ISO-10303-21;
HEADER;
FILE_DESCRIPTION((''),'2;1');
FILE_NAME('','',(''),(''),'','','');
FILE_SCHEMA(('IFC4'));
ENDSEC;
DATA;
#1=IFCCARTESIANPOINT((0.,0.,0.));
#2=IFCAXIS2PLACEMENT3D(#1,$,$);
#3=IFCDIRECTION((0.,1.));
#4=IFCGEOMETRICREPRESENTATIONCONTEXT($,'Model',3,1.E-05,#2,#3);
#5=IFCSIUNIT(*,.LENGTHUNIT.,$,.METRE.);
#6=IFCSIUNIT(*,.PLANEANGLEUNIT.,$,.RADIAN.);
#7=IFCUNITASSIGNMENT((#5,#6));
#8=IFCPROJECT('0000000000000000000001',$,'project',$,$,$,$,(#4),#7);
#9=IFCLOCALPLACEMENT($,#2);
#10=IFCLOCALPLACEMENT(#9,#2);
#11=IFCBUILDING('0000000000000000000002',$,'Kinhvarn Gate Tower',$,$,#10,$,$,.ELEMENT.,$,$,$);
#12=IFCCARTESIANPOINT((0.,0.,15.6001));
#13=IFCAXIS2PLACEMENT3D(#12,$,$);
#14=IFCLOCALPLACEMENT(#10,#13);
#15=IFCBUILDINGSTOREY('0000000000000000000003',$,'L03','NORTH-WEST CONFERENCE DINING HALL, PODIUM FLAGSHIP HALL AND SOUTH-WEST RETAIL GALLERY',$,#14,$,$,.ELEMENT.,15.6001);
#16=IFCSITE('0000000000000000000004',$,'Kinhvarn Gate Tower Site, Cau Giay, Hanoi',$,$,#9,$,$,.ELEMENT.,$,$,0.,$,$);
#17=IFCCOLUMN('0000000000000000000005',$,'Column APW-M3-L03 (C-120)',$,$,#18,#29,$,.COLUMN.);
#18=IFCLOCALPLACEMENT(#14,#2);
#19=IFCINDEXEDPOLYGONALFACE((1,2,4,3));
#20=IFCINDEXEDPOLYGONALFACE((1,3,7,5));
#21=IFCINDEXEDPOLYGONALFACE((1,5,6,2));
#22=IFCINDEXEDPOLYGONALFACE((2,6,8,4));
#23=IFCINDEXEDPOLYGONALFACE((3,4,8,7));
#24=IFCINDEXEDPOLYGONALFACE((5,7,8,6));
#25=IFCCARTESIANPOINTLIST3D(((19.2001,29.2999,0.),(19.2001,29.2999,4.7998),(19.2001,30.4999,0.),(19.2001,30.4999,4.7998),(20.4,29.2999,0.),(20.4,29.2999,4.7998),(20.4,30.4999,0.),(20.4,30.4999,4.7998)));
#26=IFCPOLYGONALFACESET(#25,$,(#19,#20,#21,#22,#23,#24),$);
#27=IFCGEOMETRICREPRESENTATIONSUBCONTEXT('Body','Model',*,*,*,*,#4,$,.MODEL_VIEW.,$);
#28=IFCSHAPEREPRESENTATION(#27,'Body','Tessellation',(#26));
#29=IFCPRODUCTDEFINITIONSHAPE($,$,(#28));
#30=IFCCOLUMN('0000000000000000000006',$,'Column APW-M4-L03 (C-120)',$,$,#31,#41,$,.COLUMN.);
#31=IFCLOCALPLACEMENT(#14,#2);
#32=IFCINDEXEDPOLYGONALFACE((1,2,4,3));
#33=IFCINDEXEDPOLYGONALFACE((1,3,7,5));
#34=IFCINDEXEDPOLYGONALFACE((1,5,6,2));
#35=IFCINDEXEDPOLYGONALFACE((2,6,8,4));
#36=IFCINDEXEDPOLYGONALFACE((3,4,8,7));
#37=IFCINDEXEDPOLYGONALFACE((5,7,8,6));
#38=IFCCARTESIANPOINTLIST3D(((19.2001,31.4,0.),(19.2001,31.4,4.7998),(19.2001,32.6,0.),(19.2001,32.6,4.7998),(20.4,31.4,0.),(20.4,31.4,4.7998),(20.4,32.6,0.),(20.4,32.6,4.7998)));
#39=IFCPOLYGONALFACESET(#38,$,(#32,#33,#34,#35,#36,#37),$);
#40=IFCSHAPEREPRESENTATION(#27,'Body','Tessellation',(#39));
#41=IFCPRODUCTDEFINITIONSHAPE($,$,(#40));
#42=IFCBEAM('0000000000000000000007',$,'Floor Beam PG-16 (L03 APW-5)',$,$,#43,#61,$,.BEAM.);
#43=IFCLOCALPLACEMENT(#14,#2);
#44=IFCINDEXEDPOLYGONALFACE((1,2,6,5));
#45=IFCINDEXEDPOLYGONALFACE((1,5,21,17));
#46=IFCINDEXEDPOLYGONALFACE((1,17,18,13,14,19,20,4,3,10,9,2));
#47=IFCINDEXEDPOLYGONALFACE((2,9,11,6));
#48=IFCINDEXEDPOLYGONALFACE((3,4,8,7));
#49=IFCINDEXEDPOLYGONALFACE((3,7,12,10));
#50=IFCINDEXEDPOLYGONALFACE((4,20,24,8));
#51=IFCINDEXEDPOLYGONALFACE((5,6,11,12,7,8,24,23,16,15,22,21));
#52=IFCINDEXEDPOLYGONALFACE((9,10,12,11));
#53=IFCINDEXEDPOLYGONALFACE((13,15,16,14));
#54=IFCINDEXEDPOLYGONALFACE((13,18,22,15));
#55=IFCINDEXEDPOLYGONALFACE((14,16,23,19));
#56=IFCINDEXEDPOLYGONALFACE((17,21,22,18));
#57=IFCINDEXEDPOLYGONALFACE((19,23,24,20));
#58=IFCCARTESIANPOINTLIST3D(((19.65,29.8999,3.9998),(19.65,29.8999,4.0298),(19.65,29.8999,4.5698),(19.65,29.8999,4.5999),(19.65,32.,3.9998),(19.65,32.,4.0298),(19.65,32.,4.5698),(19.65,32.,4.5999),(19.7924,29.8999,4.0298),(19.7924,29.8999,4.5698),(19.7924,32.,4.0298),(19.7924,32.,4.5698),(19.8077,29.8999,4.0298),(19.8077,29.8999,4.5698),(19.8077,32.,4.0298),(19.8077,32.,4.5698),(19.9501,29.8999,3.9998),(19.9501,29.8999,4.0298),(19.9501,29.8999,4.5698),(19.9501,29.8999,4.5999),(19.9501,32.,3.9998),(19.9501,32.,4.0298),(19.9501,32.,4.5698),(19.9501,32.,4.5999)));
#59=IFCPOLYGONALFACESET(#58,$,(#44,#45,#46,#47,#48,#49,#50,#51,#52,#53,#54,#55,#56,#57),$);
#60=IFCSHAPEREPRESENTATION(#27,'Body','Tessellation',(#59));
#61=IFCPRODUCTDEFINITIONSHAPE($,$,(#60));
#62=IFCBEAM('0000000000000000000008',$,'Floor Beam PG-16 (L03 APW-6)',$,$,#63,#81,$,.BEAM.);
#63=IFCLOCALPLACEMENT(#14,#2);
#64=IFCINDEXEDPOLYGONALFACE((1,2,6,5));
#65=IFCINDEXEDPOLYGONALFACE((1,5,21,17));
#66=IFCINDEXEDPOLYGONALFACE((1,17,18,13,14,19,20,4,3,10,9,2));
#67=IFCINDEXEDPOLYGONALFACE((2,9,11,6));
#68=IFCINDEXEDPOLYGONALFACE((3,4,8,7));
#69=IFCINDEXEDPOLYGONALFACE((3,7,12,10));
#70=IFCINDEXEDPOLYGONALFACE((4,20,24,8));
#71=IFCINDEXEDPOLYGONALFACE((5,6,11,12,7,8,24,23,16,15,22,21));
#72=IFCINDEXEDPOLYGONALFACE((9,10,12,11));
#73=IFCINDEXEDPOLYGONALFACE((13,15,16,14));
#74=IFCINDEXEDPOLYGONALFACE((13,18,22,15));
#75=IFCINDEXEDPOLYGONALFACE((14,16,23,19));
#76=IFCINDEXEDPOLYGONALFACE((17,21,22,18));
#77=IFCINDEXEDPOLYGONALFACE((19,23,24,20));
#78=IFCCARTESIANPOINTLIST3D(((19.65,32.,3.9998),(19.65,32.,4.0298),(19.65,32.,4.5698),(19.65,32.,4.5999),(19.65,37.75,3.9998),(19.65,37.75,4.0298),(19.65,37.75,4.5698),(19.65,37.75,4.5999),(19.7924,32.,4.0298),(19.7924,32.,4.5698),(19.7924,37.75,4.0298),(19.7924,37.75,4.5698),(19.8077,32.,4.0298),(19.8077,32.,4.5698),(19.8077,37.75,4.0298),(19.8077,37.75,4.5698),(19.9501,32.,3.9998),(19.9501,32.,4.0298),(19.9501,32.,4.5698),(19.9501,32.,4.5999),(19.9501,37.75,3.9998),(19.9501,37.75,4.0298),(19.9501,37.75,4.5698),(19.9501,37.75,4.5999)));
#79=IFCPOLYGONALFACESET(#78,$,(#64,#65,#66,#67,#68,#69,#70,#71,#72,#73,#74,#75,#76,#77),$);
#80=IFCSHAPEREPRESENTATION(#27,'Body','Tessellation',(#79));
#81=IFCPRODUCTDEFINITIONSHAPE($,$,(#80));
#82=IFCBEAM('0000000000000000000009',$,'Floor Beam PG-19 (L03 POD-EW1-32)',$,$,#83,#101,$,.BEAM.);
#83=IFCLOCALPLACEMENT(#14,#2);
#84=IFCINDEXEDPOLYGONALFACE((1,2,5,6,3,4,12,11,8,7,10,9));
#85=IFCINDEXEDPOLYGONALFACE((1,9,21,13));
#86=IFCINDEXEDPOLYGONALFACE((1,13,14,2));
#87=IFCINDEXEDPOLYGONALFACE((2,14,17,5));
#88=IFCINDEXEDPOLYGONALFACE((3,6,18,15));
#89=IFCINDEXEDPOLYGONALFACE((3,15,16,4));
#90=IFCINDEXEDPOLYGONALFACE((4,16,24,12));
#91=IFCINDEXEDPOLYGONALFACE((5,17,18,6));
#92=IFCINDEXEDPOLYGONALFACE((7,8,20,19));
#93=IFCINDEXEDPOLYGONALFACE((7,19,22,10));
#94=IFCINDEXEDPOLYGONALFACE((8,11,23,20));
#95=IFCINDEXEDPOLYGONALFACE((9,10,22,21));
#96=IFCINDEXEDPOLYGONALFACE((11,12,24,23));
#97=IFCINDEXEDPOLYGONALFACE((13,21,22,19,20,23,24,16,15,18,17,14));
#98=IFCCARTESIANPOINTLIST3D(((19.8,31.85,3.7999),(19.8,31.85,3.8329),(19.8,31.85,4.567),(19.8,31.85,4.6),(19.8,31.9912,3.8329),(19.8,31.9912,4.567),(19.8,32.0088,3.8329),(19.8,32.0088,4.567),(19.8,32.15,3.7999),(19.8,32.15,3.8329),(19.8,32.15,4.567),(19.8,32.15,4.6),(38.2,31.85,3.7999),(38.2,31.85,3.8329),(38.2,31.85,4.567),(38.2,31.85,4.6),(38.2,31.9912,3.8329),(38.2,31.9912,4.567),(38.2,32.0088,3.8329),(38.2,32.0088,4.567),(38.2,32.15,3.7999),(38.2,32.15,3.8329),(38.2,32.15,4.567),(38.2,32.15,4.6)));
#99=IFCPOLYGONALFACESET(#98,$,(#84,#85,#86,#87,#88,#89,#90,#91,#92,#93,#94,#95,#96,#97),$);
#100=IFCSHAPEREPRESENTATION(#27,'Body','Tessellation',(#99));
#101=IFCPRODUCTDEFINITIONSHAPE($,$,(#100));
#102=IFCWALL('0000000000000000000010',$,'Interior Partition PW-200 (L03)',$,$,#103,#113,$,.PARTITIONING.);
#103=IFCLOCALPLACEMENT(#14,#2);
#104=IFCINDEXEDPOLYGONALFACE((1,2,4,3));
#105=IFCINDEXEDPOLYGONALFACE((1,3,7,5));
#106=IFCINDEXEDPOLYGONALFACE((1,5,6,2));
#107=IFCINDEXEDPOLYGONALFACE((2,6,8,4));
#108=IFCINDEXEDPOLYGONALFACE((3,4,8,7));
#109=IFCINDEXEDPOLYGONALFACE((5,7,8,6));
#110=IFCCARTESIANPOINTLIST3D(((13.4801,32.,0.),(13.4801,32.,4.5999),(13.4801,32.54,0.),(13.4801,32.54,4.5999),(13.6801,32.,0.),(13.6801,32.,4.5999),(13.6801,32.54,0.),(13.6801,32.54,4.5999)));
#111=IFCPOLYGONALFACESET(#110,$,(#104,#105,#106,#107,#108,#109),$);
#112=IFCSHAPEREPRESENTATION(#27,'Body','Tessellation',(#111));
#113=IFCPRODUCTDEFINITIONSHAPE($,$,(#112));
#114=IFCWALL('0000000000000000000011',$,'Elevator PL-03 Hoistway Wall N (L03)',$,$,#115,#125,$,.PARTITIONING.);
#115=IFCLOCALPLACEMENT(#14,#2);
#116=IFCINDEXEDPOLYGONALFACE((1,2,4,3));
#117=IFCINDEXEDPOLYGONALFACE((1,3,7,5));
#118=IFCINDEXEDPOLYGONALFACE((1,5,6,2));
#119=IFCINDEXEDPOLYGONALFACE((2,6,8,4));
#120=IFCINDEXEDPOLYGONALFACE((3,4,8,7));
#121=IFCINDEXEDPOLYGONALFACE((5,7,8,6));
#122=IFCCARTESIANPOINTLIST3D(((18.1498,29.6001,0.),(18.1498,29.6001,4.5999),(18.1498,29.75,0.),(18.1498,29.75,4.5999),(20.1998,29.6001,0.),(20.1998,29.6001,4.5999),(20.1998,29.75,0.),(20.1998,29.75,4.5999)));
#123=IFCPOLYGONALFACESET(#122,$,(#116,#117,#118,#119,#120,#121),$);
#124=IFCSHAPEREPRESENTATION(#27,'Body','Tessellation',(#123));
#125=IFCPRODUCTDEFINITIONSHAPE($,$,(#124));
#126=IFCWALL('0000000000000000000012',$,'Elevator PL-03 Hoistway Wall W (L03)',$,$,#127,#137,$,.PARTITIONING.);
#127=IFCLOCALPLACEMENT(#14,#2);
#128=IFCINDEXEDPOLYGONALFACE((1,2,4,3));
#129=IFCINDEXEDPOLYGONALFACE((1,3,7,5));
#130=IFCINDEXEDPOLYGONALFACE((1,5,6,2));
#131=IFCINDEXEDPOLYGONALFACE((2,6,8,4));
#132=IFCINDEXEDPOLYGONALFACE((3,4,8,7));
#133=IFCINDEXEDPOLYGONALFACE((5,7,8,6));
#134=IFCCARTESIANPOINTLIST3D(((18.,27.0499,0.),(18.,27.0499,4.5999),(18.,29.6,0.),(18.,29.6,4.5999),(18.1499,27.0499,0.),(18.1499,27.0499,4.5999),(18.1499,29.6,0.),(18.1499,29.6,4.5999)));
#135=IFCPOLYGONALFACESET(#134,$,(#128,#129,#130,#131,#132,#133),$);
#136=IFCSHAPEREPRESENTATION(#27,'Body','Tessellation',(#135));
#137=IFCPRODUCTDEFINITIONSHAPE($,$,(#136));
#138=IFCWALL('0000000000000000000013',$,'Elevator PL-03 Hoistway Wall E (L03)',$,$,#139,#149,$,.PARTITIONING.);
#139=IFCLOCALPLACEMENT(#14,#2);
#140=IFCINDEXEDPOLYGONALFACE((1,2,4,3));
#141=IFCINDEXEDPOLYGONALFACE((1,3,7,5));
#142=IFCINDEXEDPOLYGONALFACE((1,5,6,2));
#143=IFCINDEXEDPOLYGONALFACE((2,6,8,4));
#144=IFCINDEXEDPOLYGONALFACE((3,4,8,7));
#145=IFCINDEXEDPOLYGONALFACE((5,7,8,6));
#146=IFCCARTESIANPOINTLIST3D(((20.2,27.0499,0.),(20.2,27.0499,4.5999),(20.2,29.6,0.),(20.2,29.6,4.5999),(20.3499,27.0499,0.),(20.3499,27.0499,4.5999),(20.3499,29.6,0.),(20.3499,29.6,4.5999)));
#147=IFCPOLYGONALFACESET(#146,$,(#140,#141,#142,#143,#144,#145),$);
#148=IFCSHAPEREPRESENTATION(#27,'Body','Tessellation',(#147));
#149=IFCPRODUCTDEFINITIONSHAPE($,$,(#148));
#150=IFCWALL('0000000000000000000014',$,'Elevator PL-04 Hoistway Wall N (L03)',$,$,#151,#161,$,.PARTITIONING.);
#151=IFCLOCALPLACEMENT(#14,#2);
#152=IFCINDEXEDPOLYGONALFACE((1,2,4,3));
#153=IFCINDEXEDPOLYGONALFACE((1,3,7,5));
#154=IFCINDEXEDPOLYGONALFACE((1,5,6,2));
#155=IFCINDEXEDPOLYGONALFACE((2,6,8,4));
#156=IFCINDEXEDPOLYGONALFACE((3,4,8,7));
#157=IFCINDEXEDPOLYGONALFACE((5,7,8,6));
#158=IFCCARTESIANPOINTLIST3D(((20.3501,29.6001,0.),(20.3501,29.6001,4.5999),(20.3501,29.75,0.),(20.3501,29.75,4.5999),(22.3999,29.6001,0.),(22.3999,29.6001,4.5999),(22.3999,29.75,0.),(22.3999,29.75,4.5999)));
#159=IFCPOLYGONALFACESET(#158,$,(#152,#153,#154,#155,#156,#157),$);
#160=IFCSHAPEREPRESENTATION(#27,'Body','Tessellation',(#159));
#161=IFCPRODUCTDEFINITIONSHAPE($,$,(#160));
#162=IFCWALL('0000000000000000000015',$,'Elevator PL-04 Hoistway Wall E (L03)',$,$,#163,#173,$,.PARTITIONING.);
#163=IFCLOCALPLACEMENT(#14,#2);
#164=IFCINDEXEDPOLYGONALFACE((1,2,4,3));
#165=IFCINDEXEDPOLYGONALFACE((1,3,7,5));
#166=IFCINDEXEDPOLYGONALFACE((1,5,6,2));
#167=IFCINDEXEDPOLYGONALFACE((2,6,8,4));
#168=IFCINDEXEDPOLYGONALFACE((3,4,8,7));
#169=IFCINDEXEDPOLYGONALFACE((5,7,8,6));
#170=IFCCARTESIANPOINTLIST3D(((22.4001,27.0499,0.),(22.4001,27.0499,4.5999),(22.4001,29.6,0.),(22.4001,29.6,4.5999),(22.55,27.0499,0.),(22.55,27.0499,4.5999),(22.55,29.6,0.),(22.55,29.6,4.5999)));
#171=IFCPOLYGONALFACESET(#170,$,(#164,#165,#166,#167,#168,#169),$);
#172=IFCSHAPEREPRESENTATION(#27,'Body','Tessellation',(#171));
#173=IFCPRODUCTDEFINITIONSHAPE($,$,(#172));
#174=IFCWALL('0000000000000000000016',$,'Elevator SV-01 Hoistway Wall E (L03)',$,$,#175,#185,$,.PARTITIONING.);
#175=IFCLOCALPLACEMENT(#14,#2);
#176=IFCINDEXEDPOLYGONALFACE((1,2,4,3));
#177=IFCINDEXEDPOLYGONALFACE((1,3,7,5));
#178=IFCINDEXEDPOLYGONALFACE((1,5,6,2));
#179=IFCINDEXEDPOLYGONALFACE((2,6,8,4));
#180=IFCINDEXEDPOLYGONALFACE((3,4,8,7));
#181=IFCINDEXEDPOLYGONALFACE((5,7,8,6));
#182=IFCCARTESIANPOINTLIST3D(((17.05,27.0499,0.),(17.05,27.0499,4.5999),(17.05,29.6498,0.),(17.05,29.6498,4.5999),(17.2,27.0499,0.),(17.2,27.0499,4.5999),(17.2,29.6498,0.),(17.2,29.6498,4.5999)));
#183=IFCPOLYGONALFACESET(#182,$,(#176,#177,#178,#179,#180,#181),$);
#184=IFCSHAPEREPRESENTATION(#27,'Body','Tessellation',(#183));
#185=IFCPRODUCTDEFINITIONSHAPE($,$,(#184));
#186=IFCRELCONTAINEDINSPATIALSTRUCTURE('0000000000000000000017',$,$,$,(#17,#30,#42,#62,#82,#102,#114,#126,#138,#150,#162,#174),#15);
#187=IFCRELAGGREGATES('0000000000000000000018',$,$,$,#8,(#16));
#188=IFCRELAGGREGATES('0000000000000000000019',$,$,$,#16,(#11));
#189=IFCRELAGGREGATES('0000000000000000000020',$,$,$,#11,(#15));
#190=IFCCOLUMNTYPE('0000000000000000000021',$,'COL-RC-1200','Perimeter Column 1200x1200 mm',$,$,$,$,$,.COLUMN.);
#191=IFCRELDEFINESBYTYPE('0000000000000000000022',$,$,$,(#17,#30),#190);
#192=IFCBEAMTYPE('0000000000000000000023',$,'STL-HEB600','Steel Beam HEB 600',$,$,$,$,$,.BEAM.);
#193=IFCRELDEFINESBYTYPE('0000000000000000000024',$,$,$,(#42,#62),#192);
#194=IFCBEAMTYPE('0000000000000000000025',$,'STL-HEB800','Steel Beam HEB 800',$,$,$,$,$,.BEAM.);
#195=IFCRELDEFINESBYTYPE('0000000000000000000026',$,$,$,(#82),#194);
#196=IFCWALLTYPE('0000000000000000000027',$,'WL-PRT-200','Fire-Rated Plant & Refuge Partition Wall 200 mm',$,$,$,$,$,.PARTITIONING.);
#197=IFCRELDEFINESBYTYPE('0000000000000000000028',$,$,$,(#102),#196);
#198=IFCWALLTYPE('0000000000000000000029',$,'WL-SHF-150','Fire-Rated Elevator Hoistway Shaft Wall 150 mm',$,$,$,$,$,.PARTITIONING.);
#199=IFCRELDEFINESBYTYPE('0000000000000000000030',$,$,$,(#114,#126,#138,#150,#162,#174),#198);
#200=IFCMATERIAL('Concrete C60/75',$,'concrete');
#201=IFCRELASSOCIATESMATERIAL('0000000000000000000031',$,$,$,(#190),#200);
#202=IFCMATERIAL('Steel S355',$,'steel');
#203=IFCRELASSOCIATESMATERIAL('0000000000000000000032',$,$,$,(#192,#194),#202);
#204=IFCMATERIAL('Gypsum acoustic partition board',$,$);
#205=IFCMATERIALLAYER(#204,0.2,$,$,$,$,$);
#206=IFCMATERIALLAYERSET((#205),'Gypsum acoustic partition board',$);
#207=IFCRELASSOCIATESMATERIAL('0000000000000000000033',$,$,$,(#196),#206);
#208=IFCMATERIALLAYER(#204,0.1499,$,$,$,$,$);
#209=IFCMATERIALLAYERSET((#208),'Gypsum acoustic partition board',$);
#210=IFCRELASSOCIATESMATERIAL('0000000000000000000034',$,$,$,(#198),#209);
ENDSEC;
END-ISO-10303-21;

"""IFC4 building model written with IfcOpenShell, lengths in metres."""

from ifc_helpers import new_model, si_unit, direction, frame, frame_2d, origin, origin_2d, place, context, subcontext, project, spatial, rectangle, i_section, extrude, material, layer, layer_set, material_profile, profile_set, type_object, element, save


model = new_model("IFC4")

# Units and contexts
model_context = context("Model", 3, precision=1e-05, world=origin(), true_north=direction((0.0, 1.0)))
body_context = subcontext(model_context, "Body", "Model", "MODEL_VIEW")
ifc_project = project(units=[si_unit("LENGTHUNIT", "METRE"), si_unit("PLANEANGLEUNIT", "RADIAN")], contexts=[model_context])

# Site, building, storey
site_placement = place(None, origin())
site = spatial("IfcSite", under=ifc_project, at=site_placement, Name="Kinhvarn Gate Tower Site, Cau Giay, Hanoi", CompositionType="ELEMENT", RefElevation=0.0)
building_placement = place(site_placement, origin())
building = spatial("IfcBuilding", under=site, at=building_placement, Name="Kinhvarn Gate Tower", CompositionType="ELEMENT")
storey_placement = place(building_placement, frame((0.0, 0.0, 15.6001)))
storey = spatial("IfcBuildingStorey", under=building, at=storey_placement, Name="L03", Description="NORTH-WEST CONFERENCE DINING HALL, PODIUM FLAGSHIP HALL AND SOUTH-WEST RETAIL GALLERY", CompositionType="ELEMENT", Elevation=15.6001)

# Columns
ifc_material_1 = material(Name="Concrete C60/75", Category="concrete")
ifc_material_profile_1 = material_profile(ifc_material_1, rectangle(XDim=1.2, YDim=1.2, at=origin_2d()), Name="RC 1200x1200")
ifc_profile_set_1 = profile_set([ifc_material_profile_1], Name="Concrete C60/75")
column_type = type_object("IfcColumnType", Name="COL-RC-1200", Description="Perimeter Column 1200x1200 mm", PredefinedType="COLUMN", material=ifc_profile_set_1)
for number, where, z_axis, x_axis, name in (
    (1, (19.8, 29.8999, 0.0), (0.0, 0.0, 1.0), (1.0, 0.0, 0.0), "Column APW-M3-L03 (C-120)"),
    (2, (19.8, 32.0, 0.0), (0.0, 0.0, 1.0), (1.0, 0.0, 0.0), "Column APW-M4-L03 (C-120)"),
):
    element("IfcColumn", number, at=place(storey_placement, frame(where, z_axis=z_axis, x_axis=x_axis)), inside=storey, type_object=column_type, Name=name, PredefinedType="COLUMN", context=body_context, shape_type="SweptSolid", body=[
        extrude(rectangle(XDim=1.2, YDim=1.2, at=origin_2d()), origin(), (0.0, 0.0, 1.0), 4.7998),
    ])

# Beams
ifc_material_2 = material(Name="Steel S355", Category="steel")
ifc_material_profile_2 = material_profile(ifc_material_2, i_section(OverallWidth=0.3, OverallDepth=0.6001, WebThickness=0.0154, FlangeThickness=0.03, at=origin_2d()), Name="HEB 600")
ifc_profile_set_2 = profile_set([ifc_material_profile_2], Name="Steel S355")
beam_type_1 = type_object("IfcBeamType", Name="STL-HEB600", Description="Steel Beam HEB 600", PredefinedType="BEAM", material=ifc_profile_set_2)
beam_1_placement = place(storey_placement, frame((19.8, 29.8999, 4.2998), z_axis=(0.0, 1.0, 0.0), x_axis=(-1.0, 0.0, 0.0)))
element("IfcBeam", 3, at=beam_1_placement, inside=storey, type_object=beam_type_1, Name="Floor Beam PG-16 (L03 APW-5)", PredefinedType="BEAM", context=body_context, shape_type="SweptSolid", body=[
    extrude(i_section(OverallWidth=0.3, OverallDepth=0.6001, WebThickness=0.0154, FlangeThickness=0.03, at=origin_2d()), origin(), (0.0, 0.0, 1.0), 2.1001),
])
beam_2_placement = place(storey_placement, frame((19.8, 32.0, 4.2998), z_axis=(0.0, 1.0, 0.0), x_axis=(-1.0, 0.0, 0.0)))
element("IfcBeam", 4, at=beam_2_placement, inside=storey, type_object=beam_type_1, Name="Floor Beam PG-16 (L03 APW-6)", PredefinedType="BEAM", context=body_context, shape_type="SweptSolid", body=[
    extrude(i_section(OverallWidth=0.3, OverallDepth=0.6001, WebThickness=0.0154, FlangeThickness=0.03, at=origin_2d()), origin(), (0.0, 0.0, 1.0), 5.75),
])
ifc_material_profile_3 = material_profile(ifc_material_2, i_section(OverallWidth=0.3, OverallDepth=0.8, WebThickness=0.0176, FlangeThickness=0.033, at=origin_2d()), Name="HEB 800")
ifc_profile_set_3 = profile_set([ifc_material_profile_3], Name="Steel S355")
beam_type_2 = type_object("IfcBeamType", Name="STL-HEB800", Description="Steel Beam HEB 800", PredefinedType="BEAM", material=ifc_profile_set_3)
beam_3_placement = place(storey_placement, frame((19.8, 32.0, 4.2), z_axis=(1.0, 0.0, 0.0), x_axis=(0.0, 1.0, 0.0)))
element("IfcBeam", 5, at=beam_3_placement, inside=storey, type_object=beam_type_2, Name="Floor Beam PG-19 (L03 POD-EW1-32)", PredefinedType="BEAM", context=body_context, shape_type="SweptSolid", body=[
    extrude(i_section(OverallWidth=0.3, OverallDepth=0.8, WebThickness=0.0176, FlangeThickness=0.033, at=origin_2d()), origin(), (0.0, 0.0, 1.0), 18.3999),
])

# Walls
ifc_material_3 = material(Name="Gypsum acoustic partition board")
ifc_layer_1 = layer(ifc_material_3, 0.2)
ifc_layer_set_1 = layer_set([ifc_layer_1], Name="Gypsum acoustic partition board")
wall_type_1 = type_object("IfcWallType", Name="WL-PRT-200", Description="Fire-Rated Plant & Refuge Partition Wall 200 mm", PredefinedType="PARTITIONING", material=ifc_layer_set_1)
wall_1_placement = place(storey_placement, frame((13.5801, 32.0, 0.0), z_axis=(0.0, 0.0, 1.0), x_axis=(0.0, 1.0, 0.0)))
element("IfcWall", 6, at=wall_1_placement, inside=storey, type_object=wall_type_1, Name="Interior Partition PW-200 (L03)", PredefinedType="PARTITIONING", context=body_context, shape_type="SweptSolid", body=[
    extrude(rectangle(XDim=0.54, YDim=0.2, at=frame_2d((0.27, 0.0))), origin(), (0.0, 0.0, 1.0), 4.5999),
])
ifc_layer_2 = layer(ifc_material_3, 0.1499)
ifc_layer_set_2 = layer_set([ifc_layer_2], Name="Gypsum acoustic partition board")
wall_type_2 = type_object("IfcWallType", Name="WL-SHF-150", Description="Fire-Rated Elevator Hoistway Shaft Wall 150 mm", PredefinedType="PARTITIONING", material=ifc_layer_set_2)
wall_2_placement = place(storey_placement, frame((18.1499, 29.675, 0.0), z_axis=(0.0, 0.0, 1.0), x_axis=(1.0, 0.0, 0.0)))
element("IfcWall", 7, at=wall_2_placement, inside=storey, type_object=wall_type_2, Name="Elevator PL-03 Hoistway Wall N (L03)", PredefinedType="PARTITIONING", context=body_context, shape_type="SweptSolid", body=[
    extrude(rectangle(XDim=2.05, YDim=0.1499, at=frame_2d((1.0249, 0.0))), origin(), (0.0, 0.0, 1.0), 4.5999),
])
for number, where, z_axis, x_axis, name in (
    (8, (18.075, 27.05, 0.0), (0.0, 0.0, 1.0), (0.0, 1.0, 0.0), "Elevator PL-03 Hoistway Wall W (L03)"),
    (9, (20.2749, 27.05, 0.0), (0.0, 0.0, 1.0), (0.0, 1.0, 0.0), "Elevator PL-03 Hoistway Wall E (L03)"),
):
    element("IfcWall", number, at=place(storey_placement, frame(where, z_axis=z_axis, x_axis=x_axis)), inside=storey, type_object=wall_type_2, Name=name, PredefinedType="PARTITIONING", context=body_context, shape_type="SweptSolid", body=[
        extrude(rectangle(XDim=2.55, YDim=0.1499, at=frame_2d((1.2749, 0.0))), origin(), (0.0, 0.0, 1.0), 4.5999),
    ])
wall_3_placement = place(storey_placement, frame((20.3501, 29.675, 0.0), z_axis=(0.0, 0.0, 1.0), x_axis=(1.0, 0.0, 0.0)))
element("IfcWall", 10, at=wall_3_placement, inside=storey, type_object=wall_type_2, Name="Elevator PL-04 Hoistway Wall N (L03)", PredefinedType="PARTITIONING", context=body_context, shape_type="SweptSolid", body=[
    extrude(rectangle(XDim=2.0498, YDim=0.1499, at=frame_2d((1.0249, 0.0))), origin(), (0.0, 0.0, 1.0), 4.5999),
])
wall_4_placement = place(storey_placement, frame((22.4751, 27.05, 0.0), z_axis=(0.0, 0.0, 1.0), x_axis=(0.0, 1.0, 0.0)))
element("IfcWall", 11, at=wall_4_placement, inside=storey, type_object=wall_type_2, Name="Elevator PL-04 Hoistway Wall E (L03)", PredefinedType="PARTITIONING", context=body_context, shape_type="SweptSolid", body=[
    extrude(rectangle(XDim=2.55, YDim=0.1499, at=frame_2d((1.2749, 0.0))), origin(), (0.0, 0.0, 1.0), 4.5999),
])
wall_5_placement = place(storey_placement, frame((17.125, 27.05, 0.0), z_axis=(0.0, 0.0, 1.0), x_axis=(0.0, 1.0, 0.0)))
element("IfcWall", 12, at=wall_5_placement, inside=storey, type_object=wall_type_2, Name="Elevator SV-01 Hoistway Wall E (L03)", PredefinedType="PARTITIONING", context=body_context, shape_type="SweptSolid", body=[
    extrude(rectangle(XDim=2.5999, YDim=0.1499, at=frame_2d((1.2998, 0.0))), origin(), (0.0, 0.0, 1.0), 4.5999),
])

save(model, "model.ifc")
